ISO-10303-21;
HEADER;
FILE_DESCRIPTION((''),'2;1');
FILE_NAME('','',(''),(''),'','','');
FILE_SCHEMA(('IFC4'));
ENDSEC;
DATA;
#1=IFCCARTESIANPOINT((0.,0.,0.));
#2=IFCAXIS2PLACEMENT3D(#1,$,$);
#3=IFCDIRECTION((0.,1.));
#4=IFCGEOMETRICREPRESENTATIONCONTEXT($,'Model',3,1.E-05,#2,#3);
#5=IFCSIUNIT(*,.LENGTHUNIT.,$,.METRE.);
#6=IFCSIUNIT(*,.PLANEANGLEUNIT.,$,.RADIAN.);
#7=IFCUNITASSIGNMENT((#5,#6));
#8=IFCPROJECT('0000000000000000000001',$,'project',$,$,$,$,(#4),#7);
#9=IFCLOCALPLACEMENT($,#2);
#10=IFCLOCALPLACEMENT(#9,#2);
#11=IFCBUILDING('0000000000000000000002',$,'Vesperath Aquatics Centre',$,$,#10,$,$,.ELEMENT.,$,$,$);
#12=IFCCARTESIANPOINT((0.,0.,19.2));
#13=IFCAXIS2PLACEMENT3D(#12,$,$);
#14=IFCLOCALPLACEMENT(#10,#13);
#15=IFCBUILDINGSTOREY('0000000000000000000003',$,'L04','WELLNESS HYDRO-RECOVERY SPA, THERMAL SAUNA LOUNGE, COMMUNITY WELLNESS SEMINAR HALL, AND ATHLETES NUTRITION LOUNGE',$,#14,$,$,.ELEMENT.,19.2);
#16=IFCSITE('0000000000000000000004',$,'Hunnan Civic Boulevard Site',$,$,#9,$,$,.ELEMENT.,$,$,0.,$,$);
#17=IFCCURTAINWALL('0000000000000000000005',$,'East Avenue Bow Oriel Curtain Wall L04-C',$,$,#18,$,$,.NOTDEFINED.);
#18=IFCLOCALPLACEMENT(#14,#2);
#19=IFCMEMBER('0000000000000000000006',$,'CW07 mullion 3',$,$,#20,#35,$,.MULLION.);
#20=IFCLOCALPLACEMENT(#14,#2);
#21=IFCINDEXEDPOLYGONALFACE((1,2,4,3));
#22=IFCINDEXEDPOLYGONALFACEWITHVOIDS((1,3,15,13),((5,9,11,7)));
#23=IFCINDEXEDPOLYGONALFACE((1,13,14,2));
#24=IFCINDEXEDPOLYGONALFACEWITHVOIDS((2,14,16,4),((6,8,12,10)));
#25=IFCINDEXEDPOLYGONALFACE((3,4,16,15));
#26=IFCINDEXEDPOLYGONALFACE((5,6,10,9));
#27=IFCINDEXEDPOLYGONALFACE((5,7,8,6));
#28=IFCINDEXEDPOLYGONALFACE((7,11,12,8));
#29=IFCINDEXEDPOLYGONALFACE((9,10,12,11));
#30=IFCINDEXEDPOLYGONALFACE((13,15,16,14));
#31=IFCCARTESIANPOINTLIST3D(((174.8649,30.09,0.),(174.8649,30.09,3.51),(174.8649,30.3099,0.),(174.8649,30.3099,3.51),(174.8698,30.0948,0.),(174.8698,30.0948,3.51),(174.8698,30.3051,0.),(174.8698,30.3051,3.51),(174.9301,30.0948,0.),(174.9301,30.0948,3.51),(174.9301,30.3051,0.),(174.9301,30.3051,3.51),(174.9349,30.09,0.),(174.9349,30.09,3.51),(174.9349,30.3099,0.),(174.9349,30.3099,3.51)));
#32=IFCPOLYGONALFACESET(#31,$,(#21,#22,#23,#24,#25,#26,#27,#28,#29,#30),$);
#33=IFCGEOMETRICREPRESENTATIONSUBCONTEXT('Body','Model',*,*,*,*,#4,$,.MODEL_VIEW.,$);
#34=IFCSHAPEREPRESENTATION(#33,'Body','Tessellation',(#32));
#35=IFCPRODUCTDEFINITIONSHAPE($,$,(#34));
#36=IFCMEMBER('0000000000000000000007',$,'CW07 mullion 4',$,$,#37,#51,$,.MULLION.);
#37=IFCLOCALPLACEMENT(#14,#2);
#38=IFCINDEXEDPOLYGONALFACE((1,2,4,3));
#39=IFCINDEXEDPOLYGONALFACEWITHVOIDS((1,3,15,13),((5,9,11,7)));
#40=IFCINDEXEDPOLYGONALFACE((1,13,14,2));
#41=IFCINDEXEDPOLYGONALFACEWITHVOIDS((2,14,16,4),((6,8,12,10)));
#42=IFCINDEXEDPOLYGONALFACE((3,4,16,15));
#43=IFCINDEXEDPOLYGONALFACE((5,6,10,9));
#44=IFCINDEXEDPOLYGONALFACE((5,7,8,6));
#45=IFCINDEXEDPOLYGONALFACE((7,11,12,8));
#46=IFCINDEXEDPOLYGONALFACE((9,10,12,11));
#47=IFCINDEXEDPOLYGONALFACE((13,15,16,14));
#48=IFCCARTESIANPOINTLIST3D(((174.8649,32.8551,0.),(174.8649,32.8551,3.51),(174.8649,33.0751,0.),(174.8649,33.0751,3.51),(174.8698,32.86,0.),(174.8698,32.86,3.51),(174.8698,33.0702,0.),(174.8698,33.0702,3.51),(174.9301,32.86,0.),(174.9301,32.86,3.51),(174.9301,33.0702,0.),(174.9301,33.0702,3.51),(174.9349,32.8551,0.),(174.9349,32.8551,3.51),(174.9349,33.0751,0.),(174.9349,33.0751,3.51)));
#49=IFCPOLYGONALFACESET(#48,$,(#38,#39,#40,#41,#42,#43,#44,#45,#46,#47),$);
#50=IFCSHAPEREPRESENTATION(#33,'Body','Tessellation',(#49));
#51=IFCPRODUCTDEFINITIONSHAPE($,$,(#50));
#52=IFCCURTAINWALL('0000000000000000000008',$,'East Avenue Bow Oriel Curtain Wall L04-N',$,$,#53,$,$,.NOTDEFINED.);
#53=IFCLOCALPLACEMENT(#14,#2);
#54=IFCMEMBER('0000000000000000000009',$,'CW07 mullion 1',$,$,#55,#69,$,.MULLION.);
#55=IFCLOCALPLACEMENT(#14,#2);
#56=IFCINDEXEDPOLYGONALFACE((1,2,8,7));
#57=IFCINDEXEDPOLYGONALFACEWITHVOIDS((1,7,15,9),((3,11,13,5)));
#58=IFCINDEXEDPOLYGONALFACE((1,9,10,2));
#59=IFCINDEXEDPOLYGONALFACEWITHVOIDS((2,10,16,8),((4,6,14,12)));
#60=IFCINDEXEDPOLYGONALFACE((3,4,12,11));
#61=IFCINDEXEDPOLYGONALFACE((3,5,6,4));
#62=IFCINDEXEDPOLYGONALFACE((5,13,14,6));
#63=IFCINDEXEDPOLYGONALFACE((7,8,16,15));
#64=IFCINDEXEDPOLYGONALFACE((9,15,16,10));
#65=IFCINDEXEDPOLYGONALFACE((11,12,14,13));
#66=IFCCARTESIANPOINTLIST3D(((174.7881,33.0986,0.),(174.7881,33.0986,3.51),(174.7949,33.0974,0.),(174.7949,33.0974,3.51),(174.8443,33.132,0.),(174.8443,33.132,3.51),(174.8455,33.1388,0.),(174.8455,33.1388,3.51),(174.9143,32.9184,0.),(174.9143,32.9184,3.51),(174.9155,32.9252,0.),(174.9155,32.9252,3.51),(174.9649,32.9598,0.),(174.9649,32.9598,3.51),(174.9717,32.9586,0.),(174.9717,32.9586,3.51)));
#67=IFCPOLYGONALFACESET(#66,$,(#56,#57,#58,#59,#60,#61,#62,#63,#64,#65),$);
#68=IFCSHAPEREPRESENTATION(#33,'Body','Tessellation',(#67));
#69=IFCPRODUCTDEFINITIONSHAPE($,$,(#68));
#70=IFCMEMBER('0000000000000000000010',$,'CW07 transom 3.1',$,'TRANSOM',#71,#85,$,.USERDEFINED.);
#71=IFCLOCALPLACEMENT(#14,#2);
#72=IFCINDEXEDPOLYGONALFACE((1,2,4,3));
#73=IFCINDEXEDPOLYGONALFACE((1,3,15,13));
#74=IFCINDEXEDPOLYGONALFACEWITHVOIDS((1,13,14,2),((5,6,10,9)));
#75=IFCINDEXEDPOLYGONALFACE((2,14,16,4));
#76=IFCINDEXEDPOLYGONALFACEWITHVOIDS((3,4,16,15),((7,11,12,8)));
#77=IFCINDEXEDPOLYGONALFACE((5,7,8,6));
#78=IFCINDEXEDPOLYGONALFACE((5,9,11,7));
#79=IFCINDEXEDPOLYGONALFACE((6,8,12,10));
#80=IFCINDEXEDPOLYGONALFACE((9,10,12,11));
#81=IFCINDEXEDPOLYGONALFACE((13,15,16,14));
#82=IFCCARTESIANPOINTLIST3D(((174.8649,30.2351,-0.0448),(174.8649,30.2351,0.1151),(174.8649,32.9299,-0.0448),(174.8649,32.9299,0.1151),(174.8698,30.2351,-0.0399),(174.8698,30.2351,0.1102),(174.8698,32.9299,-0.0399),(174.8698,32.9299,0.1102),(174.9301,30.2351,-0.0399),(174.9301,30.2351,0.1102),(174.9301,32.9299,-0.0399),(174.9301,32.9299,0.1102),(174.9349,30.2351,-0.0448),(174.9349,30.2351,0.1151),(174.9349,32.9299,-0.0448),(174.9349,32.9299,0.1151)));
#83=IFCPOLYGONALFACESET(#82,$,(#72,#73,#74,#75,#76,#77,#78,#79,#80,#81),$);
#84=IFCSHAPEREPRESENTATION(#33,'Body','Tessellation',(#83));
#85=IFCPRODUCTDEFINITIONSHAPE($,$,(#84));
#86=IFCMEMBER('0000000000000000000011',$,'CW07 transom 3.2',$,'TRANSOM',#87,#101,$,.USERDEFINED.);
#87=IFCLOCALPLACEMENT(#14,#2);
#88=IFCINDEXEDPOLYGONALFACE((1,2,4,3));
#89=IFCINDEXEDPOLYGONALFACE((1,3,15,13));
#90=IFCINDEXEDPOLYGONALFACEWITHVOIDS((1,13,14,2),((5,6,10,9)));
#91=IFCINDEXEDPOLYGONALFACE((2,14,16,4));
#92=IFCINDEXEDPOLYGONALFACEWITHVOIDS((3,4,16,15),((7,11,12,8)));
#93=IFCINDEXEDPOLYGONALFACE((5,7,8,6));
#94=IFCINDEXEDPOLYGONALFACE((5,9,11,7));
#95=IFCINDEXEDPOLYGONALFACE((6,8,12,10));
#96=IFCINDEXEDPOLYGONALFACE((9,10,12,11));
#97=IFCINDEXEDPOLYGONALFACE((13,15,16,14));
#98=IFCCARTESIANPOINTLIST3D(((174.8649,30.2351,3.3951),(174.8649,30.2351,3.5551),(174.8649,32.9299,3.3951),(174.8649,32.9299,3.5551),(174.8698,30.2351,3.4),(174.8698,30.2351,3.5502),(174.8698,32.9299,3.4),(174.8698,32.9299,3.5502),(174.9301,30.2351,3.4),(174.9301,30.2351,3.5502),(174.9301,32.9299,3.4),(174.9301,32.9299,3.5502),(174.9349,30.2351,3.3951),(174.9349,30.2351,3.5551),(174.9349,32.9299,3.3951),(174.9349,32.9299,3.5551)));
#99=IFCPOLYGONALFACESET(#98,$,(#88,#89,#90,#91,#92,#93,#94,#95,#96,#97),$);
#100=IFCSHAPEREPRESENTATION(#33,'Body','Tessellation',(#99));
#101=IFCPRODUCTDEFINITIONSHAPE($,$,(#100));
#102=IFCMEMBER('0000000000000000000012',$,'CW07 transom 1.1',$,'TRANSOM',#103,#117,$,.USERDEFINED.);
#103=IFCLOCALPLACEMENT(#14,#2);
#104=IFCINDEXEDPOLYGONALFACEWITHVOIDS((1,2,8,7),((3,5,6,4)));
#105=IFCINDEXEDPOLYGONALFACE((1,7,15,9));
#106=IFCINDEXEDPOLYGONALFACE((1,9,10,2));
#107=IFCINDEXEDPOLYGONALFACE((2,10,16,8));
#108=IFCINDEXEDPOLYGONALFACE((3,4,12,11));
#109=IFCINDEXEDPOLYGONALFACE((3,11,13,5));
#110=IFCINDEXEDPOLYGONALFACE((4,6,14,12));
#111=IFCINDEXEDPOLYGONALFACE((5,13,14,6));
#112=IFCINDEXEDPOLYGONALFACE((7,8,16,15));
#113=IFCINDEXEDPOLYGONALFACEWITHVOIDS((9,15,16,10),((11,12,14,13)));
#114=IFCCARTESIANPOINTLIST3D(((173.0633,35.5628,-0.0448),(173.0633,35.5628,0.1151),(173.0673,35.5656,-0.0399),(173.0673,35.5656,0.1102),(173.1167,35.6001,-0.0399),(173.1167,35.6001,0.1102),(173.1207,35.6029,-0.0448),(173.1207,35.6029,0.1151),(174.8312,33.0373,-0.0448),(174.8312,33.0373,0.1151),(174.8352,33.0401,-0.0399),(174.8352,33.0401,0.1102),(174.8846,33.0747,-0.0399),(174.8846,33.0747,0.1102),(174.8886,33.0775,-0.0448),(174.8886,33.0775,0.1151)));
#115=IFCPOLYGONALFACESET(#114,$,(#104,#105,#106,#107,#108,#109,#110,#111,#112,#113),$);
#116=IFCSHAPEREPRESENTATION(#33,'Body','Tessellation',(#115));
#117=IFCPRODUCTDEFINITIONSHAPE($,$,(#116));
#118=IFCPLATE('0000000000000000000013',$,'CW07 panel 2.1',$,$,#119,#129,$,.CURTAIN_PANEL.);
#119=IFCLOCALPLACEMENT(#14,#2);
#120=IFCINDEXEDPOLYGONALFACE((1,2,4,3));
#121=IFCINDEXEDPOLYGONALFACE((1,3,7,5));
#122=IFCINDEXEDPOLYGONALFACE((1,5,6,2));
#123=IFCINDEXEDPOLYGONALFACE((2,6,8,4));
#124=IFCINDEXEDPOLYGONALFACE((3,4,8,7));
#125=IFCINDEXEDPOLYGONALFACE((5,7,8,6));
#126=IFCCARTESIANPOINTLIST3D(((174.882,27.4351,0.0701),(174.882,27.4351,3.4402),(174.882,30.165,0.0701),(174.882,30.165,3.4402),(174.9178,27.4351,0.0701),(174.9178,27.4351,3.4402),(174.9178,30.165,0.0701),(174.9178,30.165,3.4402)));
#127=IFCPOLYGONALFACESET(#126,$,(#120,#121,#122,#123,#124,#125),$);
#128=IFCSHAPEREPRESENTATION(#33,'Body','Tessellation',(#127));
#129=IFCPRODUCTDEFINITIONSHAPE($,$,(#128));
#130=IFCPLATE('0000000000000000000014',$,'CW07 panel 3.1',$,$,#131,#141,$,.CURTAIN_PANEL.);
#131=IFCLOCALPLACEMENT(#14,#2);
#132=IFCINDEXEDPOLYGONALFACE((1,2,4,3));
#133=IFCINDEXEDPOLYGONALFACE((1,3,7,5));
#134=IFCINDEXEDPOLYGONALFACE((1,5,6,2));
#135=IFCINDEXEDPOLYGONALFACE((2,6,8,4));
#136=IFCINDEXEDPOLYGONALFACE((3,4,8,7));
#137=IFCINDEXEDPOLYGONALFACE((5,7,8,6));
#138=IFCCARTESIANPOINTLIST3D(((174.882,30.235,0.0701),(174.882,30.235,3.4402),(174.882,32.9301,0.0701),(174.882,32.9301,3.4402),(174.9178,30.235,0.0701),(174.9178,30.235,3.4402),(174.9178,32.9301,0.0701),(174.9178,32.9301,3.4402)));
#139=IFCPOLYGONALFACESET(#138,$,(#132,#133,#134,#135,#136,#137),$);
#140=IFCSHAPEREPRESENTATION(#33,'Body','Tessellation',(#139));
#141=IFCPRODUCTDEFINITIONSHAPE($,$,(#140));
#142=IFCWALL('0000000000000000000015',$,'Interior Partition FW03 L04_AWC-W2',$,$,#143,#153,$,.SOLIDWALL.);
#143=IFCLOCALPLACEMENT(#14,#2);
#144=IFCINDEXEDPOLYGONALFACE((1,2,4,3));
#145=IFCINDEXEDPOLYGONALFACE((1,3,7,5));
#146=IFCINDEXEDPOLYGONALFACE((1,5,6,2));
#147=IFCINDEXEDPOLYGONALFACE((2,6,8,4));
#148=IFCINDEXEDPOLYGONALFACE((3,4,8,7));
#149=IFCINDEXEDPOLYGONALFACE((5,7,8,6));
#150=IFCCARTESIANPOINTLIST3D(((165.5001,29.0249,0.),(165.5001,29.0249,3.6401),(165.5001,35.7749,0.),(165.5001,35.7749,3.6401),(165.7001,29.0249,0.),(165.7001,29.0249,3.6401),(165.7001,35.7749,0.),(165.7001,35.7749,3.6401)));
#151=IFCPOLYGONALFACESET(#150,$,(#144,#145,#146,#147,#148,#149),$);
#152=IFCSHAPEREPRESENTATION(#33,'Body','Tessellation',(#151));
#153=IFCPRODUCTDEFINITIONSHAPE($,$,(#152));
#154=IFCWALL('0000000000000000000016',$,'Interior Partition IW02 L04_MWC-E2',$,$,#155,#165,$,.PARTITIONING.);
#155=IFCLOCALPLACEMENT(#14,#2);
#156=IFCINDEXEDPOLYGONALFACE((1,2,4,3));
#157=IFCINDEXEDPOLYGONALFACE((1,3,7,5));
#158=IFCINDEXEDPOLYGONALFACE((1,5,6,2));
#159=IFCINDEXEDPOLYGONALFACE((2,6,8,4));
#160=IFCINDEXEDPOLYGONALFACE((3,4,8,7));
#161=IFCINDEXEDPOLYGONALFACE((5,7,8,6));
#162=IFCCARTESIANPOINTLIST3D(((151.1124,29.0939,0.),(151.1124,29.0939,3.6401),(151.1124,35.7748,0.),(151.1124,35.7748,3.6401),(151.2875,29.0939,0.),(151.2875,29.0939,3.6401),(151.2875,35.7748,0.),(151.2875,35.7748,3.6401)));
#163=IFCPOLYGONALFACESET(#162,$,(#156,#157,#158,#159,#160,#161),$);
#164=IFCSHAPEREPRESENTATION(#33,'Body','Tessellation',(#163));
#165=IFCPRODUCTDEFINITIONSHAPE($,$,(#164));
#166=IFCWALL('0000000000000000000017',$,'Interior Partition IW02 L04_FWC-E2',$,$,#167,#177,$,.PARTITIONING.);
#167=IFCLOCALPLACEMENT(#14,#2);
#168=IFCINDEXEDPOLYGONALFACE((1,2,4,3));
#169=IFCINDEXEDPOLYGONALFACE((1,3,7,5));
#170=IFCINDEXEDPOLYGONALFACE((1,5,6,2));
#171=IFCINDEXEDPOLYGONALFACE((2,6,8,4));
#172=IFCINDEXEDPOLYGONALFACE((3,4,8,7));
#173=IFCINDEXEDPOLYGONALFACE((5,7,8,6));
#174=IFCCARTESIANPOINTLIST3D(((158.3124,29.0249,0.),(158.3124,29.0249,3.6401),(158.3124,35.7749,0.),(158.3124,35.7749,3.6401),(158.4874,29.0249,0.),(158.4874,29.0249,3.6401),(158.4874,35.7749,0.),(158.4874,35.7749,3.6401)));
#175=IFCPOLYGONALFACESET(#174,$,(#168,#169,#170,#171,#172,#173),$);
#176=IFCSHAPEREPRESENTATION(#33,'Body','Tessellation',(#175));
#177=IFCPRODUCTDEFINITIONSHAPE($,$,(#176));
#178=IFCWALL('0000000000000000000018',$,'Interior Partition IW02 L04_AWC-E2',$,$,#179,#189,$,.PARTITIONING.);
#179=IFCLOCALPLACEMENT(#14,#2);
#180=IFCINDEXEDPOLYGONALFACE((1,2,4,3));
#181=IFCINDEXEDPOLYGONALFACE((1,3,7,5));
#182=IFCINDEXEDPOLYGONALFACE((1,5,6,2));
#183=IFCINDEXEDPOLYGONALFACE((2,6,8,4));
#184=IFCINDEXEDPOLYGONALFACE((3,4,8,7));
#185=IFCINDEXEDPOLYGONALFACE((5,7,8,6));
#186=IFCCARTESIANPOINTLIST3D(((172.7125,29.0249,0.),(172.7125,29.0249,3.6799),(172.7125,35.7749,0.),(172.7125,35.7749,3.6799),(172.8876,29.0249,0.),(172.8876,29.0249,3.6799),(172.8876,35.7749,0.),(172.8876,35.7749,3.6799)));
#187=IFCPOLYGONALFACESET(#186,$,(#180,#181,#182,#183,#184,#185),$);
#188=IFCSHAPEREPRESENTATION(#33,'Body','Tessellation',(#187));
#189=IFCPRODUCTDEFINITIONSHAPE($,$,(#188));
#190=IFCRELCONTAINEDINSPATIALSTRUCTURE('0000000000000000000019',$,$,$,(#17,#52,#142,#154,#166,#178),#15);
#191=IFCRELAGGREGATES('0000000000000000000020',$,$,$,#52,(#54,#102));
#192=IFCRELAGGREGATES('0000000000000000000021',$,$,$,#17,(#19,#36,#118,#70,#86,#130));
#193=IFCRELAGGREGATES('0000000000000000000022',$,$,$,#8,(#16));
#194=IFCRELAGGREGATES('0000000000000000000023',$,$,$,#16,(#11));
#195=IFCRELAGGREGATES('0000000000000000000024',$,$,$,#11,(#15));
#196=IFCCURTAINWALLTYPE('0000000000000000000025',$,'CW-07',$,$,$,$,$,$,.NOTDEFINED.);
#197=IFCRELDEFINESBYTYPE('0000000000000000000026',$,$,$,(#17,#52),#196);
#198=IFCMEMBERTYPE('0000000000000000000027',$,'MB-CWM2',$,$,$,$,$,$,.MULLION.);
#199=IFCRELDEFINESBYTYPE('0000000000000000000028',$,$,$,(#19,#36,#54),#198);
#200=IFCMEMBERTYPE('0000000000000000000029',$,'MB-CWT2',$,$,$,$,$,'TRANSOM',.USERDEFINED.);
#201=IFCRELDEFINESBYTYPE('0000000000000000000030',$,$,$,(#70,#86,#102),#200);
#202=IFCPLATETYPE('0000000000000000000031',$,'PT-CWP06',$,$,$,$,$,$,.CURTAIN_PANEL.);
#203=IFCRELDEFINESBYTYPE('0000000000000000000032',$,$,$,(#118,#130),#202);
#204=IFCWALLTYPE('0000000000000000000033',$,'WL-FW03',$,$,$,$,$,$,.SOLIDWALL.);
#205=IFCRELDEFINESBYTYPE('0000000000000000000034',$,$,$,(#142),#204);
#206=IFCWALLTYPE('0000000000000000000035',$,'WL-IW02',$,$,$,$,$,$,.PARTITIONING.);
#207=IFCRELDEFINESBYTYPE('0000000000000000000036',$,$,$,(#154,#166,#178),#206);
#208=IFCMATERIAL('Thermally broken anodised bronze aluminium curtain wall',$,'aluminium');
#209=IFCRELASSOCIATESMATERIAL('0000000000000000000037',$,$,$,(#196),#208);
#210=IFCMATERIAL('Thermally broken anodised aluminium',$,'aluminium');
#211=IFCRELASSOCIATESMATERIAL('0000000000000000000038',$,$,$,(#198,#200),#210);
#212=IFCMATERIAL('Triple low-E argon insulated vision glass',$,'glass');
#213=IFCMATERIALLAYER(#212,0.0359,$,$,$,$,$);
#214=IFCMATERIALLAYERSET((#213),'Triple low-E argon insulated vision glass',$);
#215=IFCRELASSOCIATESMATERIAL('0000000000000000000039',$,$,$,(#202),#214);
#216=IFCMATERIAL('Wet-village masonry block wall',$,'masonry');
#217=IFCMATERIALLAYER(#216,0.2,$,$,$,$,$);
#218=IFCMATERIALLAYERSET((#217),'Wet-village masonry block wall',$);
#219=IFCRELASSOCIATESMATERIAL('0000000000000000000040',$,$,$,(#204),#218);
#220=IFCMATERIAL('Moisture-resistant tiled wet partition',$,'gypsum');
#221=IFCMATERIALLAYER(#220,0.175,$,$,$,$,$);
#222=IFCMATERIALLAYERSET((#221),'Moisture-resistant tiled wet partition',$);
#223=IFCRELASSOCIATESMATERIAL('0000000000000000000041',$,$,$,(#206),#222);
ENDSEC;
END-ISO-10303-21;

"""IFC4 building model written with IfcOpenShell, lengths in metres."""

from ifc_helpers import new_model, si_unit, direction, frame, frame_2d, origin, origin_2d, place, context, subcontext, project, spatial, rectangle, hollow_rectangle, extrude, material, layer, layer_set, material_profile, profile_set, type_object, element, aggregate, save


model = new_model("IFC4")

# Units and contexts
model_context = context("Model", 3, precision=1e-05, world=origin(), true_north=direction((0.0, 1.0)))
body_context = subcontext(model_context, "Body", "Model", "MODEL_VIEW")
ifc_project = project(units=[si_unit("LENGTHUNIT", "METRE"), si_unit("PLANEANGLEUNIT", "RADIAN")], contexts=[model_context])

# Site, building, storey
site_placement = place(None, origin())
site = spatial("IfcSite", under=ifc_project, at=site_placement, Name="Hunnan Civic Boulevard Site", CompositionType="ELEMENT", RefElevation=0.0)
building_placement = place(site_placement, origin())
building = spatial("IfcBuilding", under=site, at=building_placement, Name="Vesperath Aquatics Centre", CompositionType="ELEMENT")
storey_placement = place(building_placement, frame((0.0, 0.0, 19.2)))
storey = spatial("IfcBuildingStorey", under=building, at=storey_placement, Name="L04", Description="WELLNESS HYDRO-RECOVERY SPA, THERMAL SAUNA LOUNGE, COMMUNITY WELLNESS SEMINAR HALL, AND ATHLETES NUTRITION LOUNGE", CompositionType="ELEMENT", Elevation=19.2)

# Curtain wall, members
ifc_material_1 = material(Name="Thermally broken anodised bronze aluminium curtain wall", Category="aluminium")
curtain_wall_type = type_object("IfcCurtainWallType", Name="CW-07", PredefinedType="NOTDEFINED", material=ifc_material_1)
curtain_wall_1_placement = place(storey_placement, origin())
curtain_wall_1 = element("IfcCurtainWall", 1, at=curtain_wall_1_placement, inside=storey, type_object=curtain_wall_type, Name="East Avenue Bow Oriel Curtain Wall L04-C", PredefinedType="NOTDEFINED")
ifc_material_2 = material(Name="Thermally broken anodised aluminium", Category="aluminium")
ifc_material_profile_1 = material_profile(ifc_material_2, hollow_rectangle(XDim=0.0701, YDim=0.22, WallThickness=0.0049, at=origin_2d()), Name="CWM 70x220x5")
ifc_profile_set_1 = profile_set([ifc_material_profile_1], Name="Thermally broken anodised aluminium")
member_type_1 = type_object("IfcMemberType", Name="MB-CWM2", PredefinedType="MULLION", material=ifc_profile_set_1)
member_1_placement = place(storey_placement, frame((174.8999, 30.2, 0.0), z_axis=(0.0, 0.0, 1.0), x_axis=(-1.0, 0.0, 0.0)))
member_1 = element("IfcMember", 2, at=member_1_placement, type_object=member_type_1, Name="CW07 mullion 3", PredefinedType="MULLION", context=body_context, shape_type="SweptSolid", body=[
    extrude(hollow_rectangle(XDim=0.0701, YDim=0.22, WallThickness=0.0049, at=origin_2d()), origin(), (0.0, 0.0, 1.0), 3.51),
])
member_2_placement = place(storey_placement, frame((174.8999, 32.9651, 0.0), z_axis=(0.0, 0.0, 1.0), x_axis=(-1.0, 0.0, 0.0)))
member_2 = element("IfcMember", 3, at=member_2_placement, type_object=member_type_1, Name="CW07 mullion 4", PredefinedType="MULLION", context=body_context, shape_type="SweptSolid", body=[
    extrude(hollow_rectangle(XDim=0.0701, YDim=0.22, WallThickness=0.0049, at=origin_2d()), origin(), (0.0, 0.0, 1.0), 3.51),
])

# Curtain wall, member
curtain_wall_2_placement = place(storey_placement, origin())
curtain_wall_2 = element("IfcCurtainWall", 4, at=curtain_wall_2_placement, inside=storey, type_object=curtain_wall_type, Name="East Avenue Bow Oriel Curtain Wall L04-N", PredefinedType="NOTDEFINED")
member_3_placement = place(storey_placement, frame((174.8799, 33.0286, 0.0), z_axis=(0.0, 0.0, 1.0), x_axis=(-0.819232, -0.573462, 0.0)))
member_3 = element("IfcMember", 5, at=member_3_placement, type_object=member_type_1, Name="CW07 mullion 1", PredefinedType="MULLION", context=body_context, shape_type="SweptSolid", body=[
    extrude(hollow_rectangle(XDim=0.0701, YDim=0.22, WallThickness=0.0049, at=origin_2d()), origin(), (0.0, 0.0, 1.0), 3.51),
])

# Members
ifc_material_profile_2 = material_profile(ifc_material_2, hollow_rectangle(XDim=0.0701, YDim=0.1599, WallThickness=0.0049, at=origin_2d()), Name="CWT 70x160x5")
ifc_profile_set_2 = profile_set([ifc_material_profile_2], Name="Thermally broken anodised aluminium")
member_type_2 = type_object("IfcMemberType", Name="MB-CWT2", ElementType="TRANSOM", PredefinedType="USERDEFINED", material=ifc_profile_set_2)
member_4_placement = place(storey_placement, frame((174.8999, 30.2351, 0.0352), z_axis=(0.0, 1.0, 0.0), x_axis=(-1.0, 0.0, 0.0)))
member_4 = element("IfcMember", 6, at=member_4_placement, type_object=member_type_2, Name="CW07 transom 3.1", ObjectType="TRANSOM", PredefinedType="USERDEFINED", context=body_context, shape_type="SweptSolid", body=[
    extrude(hollow_rectangle(XDim=0.0701, YDim=0.1599, WallThickness=0.0049, at=origin_2d()), origin(), (0.0, 0.0, 1.0), 2.6948),
])
member_5_placement = place(storey_placement, frame((174.8999, 30.2351, 3.4751), z_axis=(0.0, 1.0, 0.0), x_axis=(-1.0, 0.0, 0.0)))
member_5 = element("IfcMember", 7, at=member_5_placement, type_object=member_type_2, Name="CW07 transom 3.2", ObjectType="TRANSOM", PredefinedType="USERDEFINED", context=body_context, shape_type="SweptSolid", body=[
    extrude(hollow_rectangle(XDim=0.0701, YDim=0.1599, WallThickness=0.0049, at=origin_2d()), origin(), (0.0, 0.0, 1.0), 2.6948),
])
member_6_placement = place(storey_placement, frame((174.8599, 33.0574, 0.0352), z_axis=(-0.573473, 0.819224, 0.0), x_axis=(-0.819224, -0.573473, 0.0)))
member_6 = element("IfcMember", 8, at=member_6_placement, type_object=member_type_2, Name="CW07 transom 1.1", ObjectType="TRANSOM", PredefinedType="USERDEFINED", context=body_context, shape_type="SweptSolid", body=[
    extrude(hollow_rectangle(XDim=0.0701, YDim=0.1599, WallThickness=0.0049, at=origin_2d()), origin(), (0.0, 0.0, 1.0), 3.0828),
])
aggregate(curtain_wall_2, [member_3, member_6])

# Plates
ifc_material_3 = material(Name="Triple low-E argon insulated vision glass", Category="glass")
ifc_layer_1 = layer(ifc_material_3, 0.0359)
ifc_layer_set_1 = layer_set([ifc_layer_1], Name="Triple low-E argon insulated vision glass")
plate_type = type_object("IfcPlateType", Name="PT-CWP06", PredefinedType="CURTAIN_PANEL", material=ifc_layer_set_1)
plate_1_placement = place(storey_placement, frame((174.8999, 28.8, 0.0701), z_axis=(0.0, 0.0, 1.0), x_axis=(0.0, 1.0, 0.0)))
plate_1 = element("IfcPlate", 9, at=plate_1_placement, type_object=plate_type, Name="CW07 panel 2.1", PredefinedType="CURTAIN_PANEL", context=body_context, shape_type="SweptSolid", body=[
    extrude(rectangle(XDim=2.73, YDim=0.0359, at=origin_2d()), origin(), (0.0, 0.0, 1.0), 3.3701),
])
plate_2_placement = place(storey_placement, frame((174.8999, 31.5825, 0.0701), z_axis=(0.0, 0.0, 1.0), x_axis=(0.0, 1.0, 0.0)))
plate_2 = element("IfcPlate", 10, at=plate_2_placement, type_object=plate_type, Name="CW07 panel 3.1", PredefinedType="CURTAIN_PANEL", context=body_context, shape_type="SweptSolid", body=[
    extrude(rectangle(XDim=2.6951, YDim=0.0359, at=origin_2d()), origin(), (0.0, 0.0, 1.0), 3.3701),
])
aggregate(curtain_wall_1, [member_1, member_2, plate_1, member_4, member_5, plate_2])

# Walls
ifc_material_4 = material(Name="Wet-village masonry block wall", Category="masonry")
ifc_layer_2 = layer(ifc_material_4, 0.2)
ifc_layer_set_2 = layer_set([ifc_layer_2], Name="Wet-village masonry block wall")
wall_type_1 = type_object("IfcWallType", Name="WL-FW03", PredefinedType="SOLIDWALL", material=ifc_layer_set_2)
wall_1_placement = place(storey_placement, frame((165.6001, 29.0249, 0.0), z_axis=(0.0, 0.0, 1.0), x_axis=(0.0, 1.0, 0.0)))
element("IfcWall", 11, at=wall_1_placement, inside=storey, type_object=wall_type_1, Name="Interior Partition FW03 L04_AWC-W2", PredefinedType="SOLIDWALL", context=body_context, shape_type="SweptSolid", body=[
    extrude(rectangle(XDim=6.75, YDim=0.2, at=frame_2d((3.375, 0.0))), origin(), (0.0, 0.0, 1.0), 3.6401),
])
ifc_material_5 = material(Name="Moisture-resistant tiled wet partition", Category="gypsum")
ifc_layer_3 = layer(ifc_material_5, 0.175)
ifc_layer_set_3 = layer_set([ifc_layer_3], Name="Moisture-resistant tiled wet partition")
wall_type_2 = type_object("IfcWallType", Name="WL-IW02", PredefinedType="PARTITIONING", material=ifc_layer_set_3)
wall_2_placement = place(storey_placement, frame((151.2, 29.094, 0.0), z_axis=(0.0, 0.0, 1.0), x_axis=(0.0, 1.0, 0.0)))
element("IfcWall", 12, at=wall_2_placement, inside=storey, type_object=wall_type_2, Name="Interior Partition IW02 L04_MWC-E2", PredefinedType="PARTITIONING", context=body_context, shape_type="SweptSolid", body=[
    extrude(rectangle(XDim=6.6809, YDim=0.175, at=frame_2d((3.3403, 0.0))), origin(), (0.0, 0.0, 1.0), 3.6401),
])
wall_3_placement = place(storey_placement, frame((158.3999, 29.0249, 0.0), z_axis=(0.0, 0.0, 1.0), x_axis=(0.0, 1.0, 0.0)))
element("IfcWall", 13, at=wall_3_placement, inside=storey, type_object=wall_type_2, Name="Interior Partition IW02 L04_FWC-E2", PredefinedType="PARTITIONING", context=body_context, shape_type="SweptSolid", body=[
    extrude(rectangle(XDim=6.75, YDim=0.175, at=frame_2d((3.375, 0.0))), origin(), (0.0, 0.0, 1.0), 3.6401),
])
wall_4_placement = place(storey_placement, frame((172.8, 29.0249, 0.0), z_axis=(0.0, 0.0, 1.0), x_axis=(0.0, 1.0, 0.0)))
element("IfcWall", 14, at=wall_4_placement, inside=storey, type_object=wall_type_2, Name="Interior Partition IW02 L04_AWC-E2", PredefinedType="PARTITIONING", context=body_context, shape_type="SweptSolid", body=[
    extrude(rectangle(XDim=6.75, YDim=0.175, at=frame_2d((3.375, 0.0))), origin(), (0.0, 0.0, 1.0), 3.6799),
])

save(model, "model.ifc")
